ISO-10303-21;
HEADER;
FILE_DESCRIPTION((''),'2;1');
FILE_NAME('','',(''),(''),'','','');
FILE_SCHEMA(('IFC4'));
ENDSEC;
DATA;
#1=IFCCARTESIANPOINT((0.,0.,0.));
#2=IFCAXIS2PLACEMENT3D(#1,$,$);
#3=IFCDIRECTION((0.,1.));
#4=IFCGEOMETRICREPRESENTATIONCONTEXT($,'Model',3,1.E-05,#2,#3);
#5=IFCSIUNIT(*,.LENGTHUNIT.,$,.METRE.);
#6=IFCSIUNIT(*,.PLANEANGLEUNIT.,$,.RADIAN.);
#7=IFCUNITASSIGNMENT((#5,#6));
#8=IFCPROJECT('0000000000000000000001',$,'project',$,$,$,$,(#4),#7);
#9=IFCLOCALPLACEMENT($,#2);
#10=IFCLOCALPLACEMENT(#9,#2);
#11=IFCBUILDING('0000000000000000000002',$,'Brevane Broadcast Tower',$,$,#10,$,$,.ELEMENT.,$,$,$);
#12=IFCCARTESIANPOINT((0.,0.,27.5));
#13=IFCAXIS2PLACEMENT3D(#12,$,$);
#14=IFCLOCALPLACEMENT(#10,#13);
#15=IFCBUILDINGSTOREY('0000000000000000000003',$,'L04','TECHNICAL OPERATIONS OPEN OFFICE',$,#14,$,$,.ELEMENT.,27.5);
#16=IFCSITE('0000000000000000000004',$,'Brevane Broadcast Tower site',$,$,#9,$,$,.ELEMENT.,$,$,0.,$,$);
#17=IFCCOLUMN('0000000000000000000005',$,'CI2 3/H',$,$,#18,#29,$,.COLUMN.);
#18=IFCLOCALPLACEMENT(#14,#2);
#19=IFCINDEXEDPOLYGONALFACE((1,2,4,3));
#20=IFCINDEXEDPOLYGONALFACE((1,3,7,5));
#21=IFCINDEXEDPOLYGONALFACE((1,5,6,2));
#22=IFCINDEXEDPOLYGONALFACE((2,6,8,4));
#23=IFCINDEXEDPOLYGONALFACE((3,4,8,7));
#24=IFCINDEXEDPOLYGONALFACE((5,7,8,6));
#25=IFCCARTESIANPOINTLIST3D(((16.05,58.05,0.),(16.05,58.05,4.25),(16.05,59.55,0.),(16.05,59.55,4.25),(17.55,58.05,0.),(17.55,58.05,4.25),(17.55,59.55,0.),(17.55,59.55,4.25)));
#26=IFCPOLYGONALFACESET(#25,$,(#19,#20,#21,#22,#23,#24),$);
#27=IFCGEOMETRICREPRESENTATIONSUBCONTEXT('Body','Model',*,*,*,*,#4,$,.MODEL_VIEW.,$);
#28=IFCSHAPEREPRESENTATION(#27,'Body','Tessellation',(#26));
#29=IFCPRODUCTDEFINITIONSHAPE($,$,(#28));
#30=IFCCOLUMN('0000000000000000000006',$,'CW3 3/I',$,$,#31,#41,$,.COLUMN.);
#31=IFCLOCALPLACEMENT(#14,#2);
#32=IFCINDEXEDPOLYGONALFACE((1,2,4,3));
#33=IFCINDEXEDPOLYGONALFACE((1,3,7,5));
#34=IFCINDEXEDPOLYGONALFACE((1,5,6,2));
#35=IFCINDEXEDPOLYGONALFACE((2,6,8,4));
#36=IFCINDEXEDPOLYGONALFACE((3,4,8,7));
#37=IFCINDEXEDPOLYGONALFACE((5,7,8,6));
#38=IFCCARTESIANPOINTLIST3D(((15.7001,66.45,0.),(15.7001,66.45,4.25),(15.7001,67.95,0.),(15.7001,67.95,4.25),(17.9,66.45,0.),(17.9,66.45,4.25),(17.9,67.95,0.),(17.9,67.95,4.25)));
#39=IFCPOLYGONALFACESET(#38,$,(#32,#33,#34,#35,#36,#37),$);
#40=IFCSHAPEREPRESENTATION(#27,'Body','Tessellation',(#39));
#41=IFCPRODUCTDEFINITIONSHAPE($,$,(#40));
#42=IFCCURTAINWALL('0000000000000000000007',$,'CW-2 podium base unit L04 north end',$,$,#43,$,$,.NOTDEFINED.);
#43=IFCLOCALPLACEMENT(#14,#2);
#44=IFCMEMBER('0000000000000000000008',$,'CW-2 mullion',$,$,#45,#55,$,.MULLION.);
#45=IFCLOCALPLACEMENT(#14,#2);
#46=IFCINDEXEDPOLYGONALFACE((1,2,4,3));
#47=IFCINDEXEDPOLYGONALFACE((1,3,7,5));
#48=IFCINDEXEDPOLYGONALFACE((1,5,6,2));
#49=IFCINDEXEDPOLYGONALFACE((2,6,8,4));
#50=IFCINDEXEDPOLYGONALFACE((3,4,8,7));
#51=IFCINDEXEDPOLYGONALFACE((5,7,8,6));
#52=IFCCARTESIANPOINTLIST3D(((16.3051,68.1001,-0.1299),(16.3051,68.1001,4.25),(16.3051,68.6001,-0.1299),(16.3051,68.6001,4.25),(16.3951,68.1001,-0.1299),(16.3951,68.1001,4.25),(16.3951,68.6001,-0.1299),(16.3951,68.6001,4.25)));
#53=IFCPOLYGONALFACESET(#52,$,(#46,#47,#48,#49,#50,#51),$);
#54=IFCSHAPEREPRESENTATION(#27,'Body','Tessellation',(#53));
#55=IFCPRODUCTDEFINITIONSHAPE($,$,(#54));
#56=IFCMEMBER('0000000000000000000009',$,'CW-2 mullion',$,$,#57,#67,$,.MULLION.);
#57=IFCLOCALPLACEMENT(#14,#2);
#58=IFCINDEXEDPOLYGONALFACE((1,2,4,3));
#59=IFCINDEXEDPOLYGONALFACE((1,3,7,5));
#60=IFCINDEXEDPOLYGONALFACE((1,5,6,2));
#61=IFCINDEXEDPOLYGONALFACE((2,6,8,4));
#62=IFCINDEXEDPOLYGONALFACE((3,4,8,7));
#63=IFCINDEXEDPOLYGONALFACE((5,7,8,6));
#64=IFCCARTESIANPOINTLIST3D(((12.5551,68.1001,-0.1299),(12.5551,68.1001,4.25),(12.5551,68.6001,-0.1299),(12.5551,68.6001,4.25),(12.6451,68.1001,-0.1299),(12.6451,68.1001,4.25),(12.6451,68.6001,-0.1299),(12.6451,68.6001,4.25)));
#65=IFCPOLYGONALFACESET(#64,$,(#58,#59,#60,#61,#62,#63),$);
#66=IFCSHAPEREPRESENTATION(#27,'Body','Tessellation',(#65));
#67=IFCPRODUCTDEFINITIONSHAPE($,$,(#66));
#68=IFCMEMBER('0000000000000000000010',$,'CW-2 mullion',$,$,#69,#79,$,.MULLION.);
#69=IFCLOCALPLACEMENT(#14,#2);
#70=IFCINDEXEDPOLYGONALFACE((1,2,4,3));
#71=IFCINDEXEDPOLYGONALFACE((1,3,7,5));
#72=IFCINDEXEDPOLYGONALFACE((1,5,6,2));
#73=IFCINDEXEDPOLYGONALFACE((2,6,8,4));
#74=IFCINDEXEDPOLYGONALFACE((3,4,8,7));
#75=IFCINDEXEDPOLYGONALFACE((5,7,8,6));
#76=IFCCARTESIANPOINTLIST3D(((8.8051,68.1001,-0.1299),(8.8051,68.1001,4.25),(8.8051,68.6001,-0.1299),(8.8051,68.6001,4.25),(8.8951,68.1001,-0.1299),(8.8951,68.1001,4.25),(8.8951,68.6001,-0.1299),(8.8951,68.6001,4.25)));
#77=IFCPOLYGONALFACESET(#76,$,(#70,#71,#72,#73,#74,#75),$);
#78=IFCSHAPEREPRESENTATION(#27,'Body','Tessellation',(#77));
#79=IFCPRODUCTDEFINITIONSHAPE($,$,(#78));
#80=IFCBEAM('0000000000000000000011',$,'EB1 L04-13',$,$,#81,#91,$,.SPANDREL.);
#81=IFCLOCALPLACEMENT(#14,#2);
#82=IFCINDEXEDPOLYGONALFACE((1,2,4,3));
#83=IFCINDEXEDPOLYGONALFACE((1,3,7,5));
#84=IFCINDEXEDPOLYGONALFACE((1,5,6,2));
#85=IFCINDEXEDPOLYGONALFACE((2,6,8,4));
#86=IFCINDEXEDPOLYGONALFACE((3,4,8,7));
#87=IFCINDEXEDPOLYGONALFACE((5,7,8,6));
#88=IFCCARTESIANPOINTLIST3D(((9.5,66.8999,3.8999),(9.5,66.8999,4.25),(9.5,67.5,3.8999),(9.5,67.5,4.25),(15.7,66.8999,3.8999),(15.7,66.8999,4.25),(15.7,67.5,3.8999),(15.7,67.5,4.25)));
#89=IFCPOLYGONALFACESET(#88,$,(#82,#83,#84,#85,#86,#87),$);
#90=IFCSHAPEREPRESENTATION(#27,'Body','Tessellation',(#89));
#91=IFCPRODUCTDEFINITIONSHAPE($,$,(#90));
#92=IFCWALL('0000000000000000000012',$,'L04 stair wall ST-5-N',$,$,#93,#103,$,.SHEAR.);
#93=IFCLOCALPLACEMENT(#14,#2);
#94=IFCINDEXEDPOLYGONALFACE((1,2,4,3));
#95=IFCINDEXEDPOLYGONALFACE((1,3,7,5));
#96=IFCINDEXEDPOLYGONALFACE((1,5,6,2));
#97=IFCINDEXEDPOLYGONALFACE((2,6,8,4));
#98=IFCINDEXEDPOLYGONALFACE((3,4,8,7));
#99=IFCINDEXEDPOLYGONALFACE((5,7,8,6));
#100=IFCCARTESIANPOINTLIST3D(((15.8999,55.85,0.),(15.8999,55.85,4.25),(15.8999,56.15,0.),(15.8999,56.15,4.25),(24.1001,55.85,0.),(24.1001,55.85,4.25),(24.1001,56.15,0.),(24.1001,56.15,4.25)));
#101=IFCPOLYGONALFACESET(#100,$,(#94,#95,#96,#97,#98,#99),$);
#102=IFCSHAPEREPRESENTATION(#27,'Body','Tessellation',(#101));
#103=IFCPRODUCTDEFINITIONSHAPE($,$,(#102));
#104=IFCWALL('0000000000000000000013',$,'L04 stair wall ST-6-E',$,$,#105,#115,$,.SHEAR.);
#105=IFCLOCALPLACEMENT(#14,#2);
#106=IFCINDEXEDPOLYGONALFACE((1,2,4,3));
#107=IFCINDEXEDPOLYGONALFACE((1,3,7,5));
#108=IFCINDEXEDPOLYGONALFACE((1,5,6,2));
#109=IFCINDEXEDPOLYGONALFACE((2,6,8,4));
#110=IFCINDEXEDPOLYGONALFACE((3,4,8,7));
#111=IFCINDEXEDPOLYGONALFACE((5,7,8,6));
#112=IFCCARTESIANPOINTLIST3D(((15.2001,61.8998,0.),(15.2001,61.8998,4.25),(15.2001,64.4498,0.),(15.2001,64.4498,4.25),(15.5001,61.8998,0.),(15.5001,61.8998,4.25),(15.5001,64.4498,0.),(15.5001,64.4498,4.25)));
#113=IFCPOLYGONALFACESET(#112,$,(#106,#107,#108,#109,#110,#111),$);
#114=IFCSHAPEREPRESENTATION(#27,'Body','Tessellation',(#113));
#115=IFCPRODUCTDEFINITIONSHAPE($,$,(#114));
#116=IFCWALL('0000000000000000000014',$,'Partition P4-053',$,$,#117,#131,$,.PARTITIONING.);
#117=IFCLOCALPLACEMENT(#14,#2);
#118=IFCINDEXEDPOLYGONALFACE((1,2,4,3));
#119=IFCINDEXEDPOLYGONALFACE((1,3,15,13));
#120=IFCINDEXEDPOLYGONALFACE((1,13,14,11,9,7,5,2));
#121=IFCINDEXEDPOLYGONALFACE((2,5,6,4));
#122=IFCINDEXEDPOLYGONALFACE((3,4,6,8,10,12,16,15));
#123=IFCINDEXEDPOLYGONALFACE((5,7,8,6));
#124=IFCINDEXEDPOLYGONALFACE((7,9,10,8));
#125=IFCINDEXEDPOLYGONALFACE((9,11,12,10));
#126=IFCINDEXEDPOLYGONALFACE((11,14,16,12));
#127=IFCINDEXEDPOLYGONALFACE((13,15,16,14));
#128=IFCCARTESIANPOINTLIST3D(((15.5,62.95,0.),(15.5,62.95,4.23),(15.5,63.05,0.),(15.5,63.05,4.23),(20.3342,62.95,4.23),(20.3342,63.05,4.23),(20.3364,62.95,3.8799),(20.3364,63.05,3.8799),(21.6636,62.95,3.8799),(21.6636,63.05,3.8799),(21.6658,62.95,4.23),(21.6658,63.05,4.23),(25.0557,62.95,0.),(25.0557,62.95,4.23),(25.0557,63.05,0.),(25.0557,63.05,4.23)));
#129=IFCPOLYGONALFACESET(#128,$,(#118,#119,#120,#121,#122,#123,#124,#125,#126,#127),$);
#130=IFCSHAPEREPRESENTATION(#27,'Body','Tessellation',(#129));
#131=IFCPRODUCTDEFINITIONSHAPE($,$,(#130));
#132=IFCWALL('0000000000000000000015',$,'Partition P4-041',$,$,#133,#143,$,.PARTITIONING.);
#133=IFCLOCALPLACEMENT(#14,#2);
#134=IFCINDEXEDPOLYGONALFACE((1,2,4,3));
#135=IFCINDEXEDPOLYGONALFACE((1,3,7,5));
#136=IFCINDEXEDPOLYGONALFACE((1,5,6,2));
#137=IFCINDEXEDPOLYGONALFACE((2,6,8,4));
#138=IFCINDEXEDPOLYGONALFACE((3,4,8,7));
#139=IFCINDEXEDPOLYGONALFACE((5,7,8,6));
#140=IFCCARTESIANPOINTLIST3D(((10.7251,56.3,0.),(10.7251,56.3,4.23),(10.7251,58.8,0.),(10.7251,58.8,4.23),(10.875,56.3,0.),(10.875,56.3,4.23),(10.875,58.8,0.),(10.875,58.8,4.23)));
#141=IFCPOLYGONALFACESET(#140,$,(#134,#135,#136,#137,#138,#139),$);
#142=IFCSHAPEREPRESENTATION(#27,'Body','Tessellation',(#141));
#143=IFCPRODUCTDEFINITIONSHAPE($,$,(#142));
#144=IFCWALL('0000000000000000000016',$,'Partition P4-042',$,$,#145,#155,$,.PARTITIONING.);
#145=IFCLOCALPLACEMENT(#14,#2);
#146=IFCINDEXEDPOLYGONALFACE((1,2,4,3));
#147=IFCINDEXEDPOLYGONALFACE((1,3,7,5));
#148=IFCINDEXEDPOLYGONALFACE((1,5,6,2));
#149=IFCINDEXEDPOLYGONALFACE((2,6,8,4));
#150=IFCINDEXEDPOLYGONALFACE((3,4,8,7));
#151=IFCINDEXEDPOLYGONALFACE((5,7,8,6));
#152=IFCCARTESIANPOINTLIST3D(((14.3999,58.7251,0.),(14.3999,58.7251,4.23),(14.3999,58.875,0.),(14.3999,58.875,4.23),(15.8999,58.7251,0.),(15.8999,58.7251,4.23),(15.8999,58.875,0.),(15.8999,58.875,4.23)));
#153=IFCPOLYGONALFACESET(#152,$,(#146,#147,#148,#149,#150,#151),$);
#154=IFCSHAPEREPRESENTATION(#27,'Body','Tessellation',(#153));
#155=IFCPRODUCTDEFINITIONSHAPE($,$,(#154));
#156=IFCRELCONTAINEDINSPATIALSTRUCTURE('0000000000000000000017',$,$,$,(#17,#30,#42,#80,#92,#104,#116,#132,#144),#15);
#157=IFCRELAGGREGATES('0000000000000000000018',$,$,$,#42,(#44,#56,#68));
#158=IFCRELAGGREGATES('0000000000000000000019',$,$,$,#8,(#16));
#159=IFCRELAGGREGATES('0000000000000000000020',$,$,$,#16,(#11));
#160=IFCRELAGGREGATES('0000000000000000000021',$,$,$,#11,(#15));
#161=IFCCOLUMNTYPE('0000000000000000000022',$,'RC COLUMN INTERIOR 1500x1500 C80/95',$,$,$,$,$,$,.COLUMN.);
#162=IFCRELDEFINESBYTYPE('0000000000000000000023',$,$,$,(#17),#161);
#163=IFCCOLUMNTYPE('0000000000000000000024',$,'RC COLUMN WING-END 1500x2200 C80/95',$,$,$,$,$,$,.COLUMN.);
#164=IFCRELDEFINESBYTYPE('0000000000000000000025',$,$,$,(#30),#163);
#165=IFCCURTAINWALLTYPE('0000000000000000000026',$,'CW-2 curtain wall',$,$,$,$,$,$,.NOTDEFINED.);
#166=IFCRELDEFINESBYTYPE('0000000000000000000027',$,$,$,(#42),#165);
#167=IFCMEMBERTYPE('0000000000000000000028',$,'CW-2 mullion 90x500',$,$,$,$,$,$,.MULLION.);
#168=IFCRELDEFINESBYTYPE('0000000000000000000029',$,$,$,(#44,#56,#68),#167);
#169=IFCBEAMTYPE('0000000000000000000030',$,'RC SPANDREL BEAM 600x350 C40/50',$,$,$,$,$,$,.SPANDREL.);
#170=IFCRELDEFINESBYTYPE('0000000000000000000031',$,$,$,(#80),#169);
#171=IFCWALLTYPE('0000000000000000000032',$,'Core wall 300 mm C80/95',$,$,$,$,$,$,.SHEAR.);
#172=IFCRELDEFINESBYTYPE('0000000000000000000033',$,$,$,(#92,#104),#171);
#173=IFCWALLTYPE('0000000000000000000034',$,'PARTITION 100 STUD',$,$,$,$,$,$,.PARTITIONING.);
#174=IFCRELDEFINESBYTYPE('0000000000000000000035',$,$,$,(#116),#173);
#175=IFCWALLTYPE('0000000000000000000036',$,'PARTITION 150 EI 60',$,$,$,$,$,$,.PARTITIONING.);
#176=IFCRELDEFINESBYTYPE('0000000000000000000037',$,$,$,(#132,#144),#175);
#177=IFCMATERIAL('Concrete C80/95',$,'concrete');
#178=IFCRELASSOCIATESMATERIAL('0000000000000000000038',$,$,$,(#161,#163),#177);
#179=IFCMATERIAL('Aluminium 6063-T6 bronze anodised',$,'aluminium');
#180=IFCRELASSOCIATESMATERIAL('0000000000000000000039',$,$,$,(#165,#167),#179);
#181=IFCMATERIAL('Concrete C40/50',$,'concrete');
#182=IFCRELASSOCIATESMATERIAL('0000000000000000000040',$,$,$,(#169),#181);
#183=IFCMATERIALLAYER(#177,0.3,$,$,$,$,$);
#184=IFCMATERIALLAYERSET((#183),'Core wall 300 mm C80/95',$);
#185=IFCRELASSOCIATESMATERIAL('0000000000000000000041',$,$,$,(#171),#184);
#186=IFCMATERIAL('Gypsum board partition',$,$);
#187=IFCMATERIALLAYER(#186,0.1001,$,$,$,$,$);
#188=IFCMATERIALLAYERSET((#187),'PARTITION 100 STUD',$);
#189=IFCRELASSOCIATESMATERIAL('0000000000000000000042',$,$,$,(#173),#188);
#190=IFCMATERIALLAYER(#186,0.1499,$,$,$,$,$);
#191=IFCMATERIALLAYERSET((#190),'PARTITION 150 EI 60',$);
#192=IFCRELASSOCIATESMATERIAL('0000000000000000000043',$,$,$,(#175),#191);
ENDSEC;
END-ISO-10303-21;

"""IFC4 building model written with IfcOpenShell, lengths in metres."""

from ifc_helpers import new_model, si_unit, direction, frame, frame_2d, origin, origin_2d, place, context, subcontext, project, spatial, polyline, rectangle, outline, extrude, material, layer, layer_set, material_profile, profile_set, type_object, element, aggregate, save


model = new_model("IFC4")

# Units and contexts
model_context = context("Model", 3, precision=1e-05, world=origin(), true_north=direction((0.0, 1.0)))
body_context = subcontext(model_context, "Body", "Model", "MODEL_VIEW")
ifc_project = project(units=[si_unit("LENGTHUNIT", "METRE"), si_unit("PLANEANGLEUNIT", "RADIAN")], contexts=[model_context])

# Site, building, storey
site_placement = place(None, origin())
site = spatial("IfcSite", under=ifc_project, at=site_placement, Name="Brevane Broadcast Tower site", CompositionType="ELEMENT", RefElevation=0.0)
building_placement = place(site_placement, origin())
building = spatial("IfcBuilding", under=site, at=building_placement, Name="Brevane Broadcast Tower", CompositionType="ELEMENT")
storey_placement = place(building_placement, frame((0.0, 0.0, 27.5)))
storey = spatial("IfcBuildingStorey", under=building, at=storey_placement, Name="L04", Description="TECHNICAL OPERATIONS OPEN OFFICE", CompositionType="ELEMENT", Elevation=27.5)

# Columns
ifc_material_1 = material(Name="Concrete C80/95", Category="concrete")
ifc_material_profile_1 = material_profile(ifc_material_1, rectangle(XDim=1.5, YDim=1.5, at=origin_2d()), Name="RC 1500x1500")
ifc_profile_set_1 = profile_set([ifc_material_profile_1], Name="Concrete C80/95")
column_type_1 = type_object("IfcColumnType", Name="RC COLUMN INTERIOR 1500x1500 C80/95", PredefinedType="COLUMN", material=ifc_profile_set_1)
column_1_placement = place(storey_placement, frame((16.8, 58.8, 0.0), z_axis=(0.0, 0.0, 1.0), x_axis=(1.0, 0.0, 0.0)))
element("IfcColumn", 1, at=column_1_placement, inside=storey, type_object=column_type_1, Name="CI2 3/H", PredefinedType="COLUMN", context=body_context, shape_type="SweptSolid", body=[
    extrude(rectangle(XDim=1.5, YDim=1.5, at=origin_2d()), origin(), (0.0, 0.0, 1.0), 4.25),
])
ifc_material_profile_2 = material_profile(ifc_material_1, rectangle(XDim=1.5, YDim=2.2, at=origin_2d()), Name="RC 1500x2200")
ifc_profile_set_2 = profile_set([ifc_material_profile_2], Name="Concrete C80/95")
column_type_2 = type_object("IfcColumnType", Name="RC COLUMN WING-END 1500x2200 C80/95", PredefinedType="COLUMN", material=ifc_profile_set_2)
column_2_placement = place(storey_placement, frame((16.8, 67.2, 0.0), z_axis=(0.0, 0.0, 1.0), x_axis=(0.0, 1.0, 0.0)))
element("IfcColumn", 2, at=column_2_placement, inside=storey, type_object=column_type_2, Name="CW3 3/I", PredefinedType="COLUMN", context=body_context, shape_type="SweptSolid", body=[
    extrude(rectangle(XDim=1.5, YDim=2.2, at=origin_2d()), origin(), (0.0, 0.0, 1.0), 4.25),
])

# Curtain wall, members
ifc_material_2 = material(Name="Aluminium 6063-T6 bronze anodised", Category="aluminium")
curtain_wall_type = type_object("IfcCurtainWallType", Name="CW-2 curtain wall", PredefinedType="NOTDEFINED", material=ifc_material_2)
curtain_wall_placement = place(storey_placement, origin())
curtain_wall = element("IfcCurtainWall", 3, at=curtain_wall_placement, inside=storey, type_object=curtain_wall_type, Name="CW-2 podium base unit L04 north end", PredefinedType="NOTDEFINED")
ifc_material_profile_3 = material_profile(ifc_material_2, rectangle(XDim=0.5, YDim=0.0901, at=origin_2d()), Name="RECT 90x500")
ifc_profile_set_3 = profile_set([ifc_material_profile_3], Name="Aluminium 6063-T6 bronze anodised")
member_type = type_object("IfcMemberType", Name="CW-2 mullion 90x500", PredefinedType="MULLION", material=ifc_profile_set_3)
member_1_placement = place(storey_placement, frame((16.3501, 68.3501, -0.1299), z_axis=(0.0, 0.0, 1.0), x_axis=(0.0, -1.0, 0.0)))
member_1 = element("IfcMember", 4, at=member_1_placement, type_object=member_type, Name="CW-2 mullion", PredefinedType="MULLION", context=body_context, shape_type="SweptSolid", body=[
    extrude(rectangle(XDim=0.5, YDim=0.0901, at=origin_2d()), origin(), (0.0, 0.0, 1.0), 4.3799),
])
member_2_placement = place(storey_placement, frame((12.6001, 68.3501, -0.1299), z_axis=(0.0, 0.0, 1.0), x_axis=(0.0, -1.0, 0.0)))
member_2 = element("IfcMember", 5, at=member_2_placement, type_object=member_type, Name="CW-2 mullion", PredefinedType="MULLION", context=body_context, shape_type="SweptSolid", body=[
    extrude(rectangle(XDim=0.5, YDim=0.0901, at=origin_2d()), origin(), (0.0, 0.0, 1.0), 4.3799),
])
member_3_placement = place(storey_placement, frame((8.8501, 68.3501, -0.1299), z_axis=(0.0, 0.0, 1.0), x_axis=(0.0, -1.0, 0.0)))
member_3 = element("IfcMember", 6, at=member_3_placement, type_object=member_type, Name="CW-2 mullion", PredefinedType="MULLION", context=body_context, shape_type="SweptSolid", body=[
    extrude(rectangle(XDim=0.5, YDim=0.0901, at=origin_2d()), origin(), (0.0, 0.0, 1.0), 4.3799),
])
aggregate(curtain_wall, [member_1, member_2, member_3])

# Beam
ifc_material_3 = material(Name="Concrete C40/50", Category="concrete")
ifc_material_profile_4 = material_profile(ifc_material_3, rectangle(XDim=0.6001, YDim=0.3501, at=origin_2d()), Name="RC 600x350")
ifc_profile_set_4 = profile_set([ifc_material_profile_4], Name="Concrete C40/50")
beam_type = type_object("IfcBeamType", Name="RC SPANDREL BEAM 600x350 C40/50", PredefinedType="SPANDREL", material=ifc_profile_set_4)
beam_placement = place(storey_placement, frame((15.7, 67.2, 4.075), z_axis=(-1.0, 0.0, 0.0), x_axis=(0.0, -1.0, 0.0)))
element("IfcBeam", 7, at=beam_placement, inside=storey, type_object=beam_type, Name="EB1 L04-13", PredefinedType="SPANDREL", context=body_context, shape_type="SweptSolid", body=[
    extrude(rectangle(XDim=0.6001, YDim=0.3501, at=origin_2d()), origin(), (0.0, 0.0, 1.0), 6.2),
])

# Walls
ifc_layer_1 = layer(ifc_material_1, 0.3)
ifc_layer_set_1 = layer_set([ifc_layer_1], Name="Core wall 300 mm C80/95")
wall_type_1 = type_object("IfcWallType", Name="Core wall 300 mm C80/95", PredefinedType="SHEAR", material=ifc_layer_set_1)
wall_1_placement = place(storey_placement, frame((15.8999, 56.0, 0.0), z_axis=(0.0, 0.0, 1.0), x_axis=(1.0, 0.0, 0.0)))
element("IfcWall", 8, at=wall_1_placement, inside=storey, type_object=wall_type_1, Name="L04 stair wall ST-5-N", PredefinedType="SHEAR", context=body_context, shape_type="SweptSolid", body=[
    extrude(rectangle(XDim=8.2002, YDim=0.3, at=frame_2d((4.1001, 0.0))), origin(), (0.0, 0.0, 1.0), 4.25),
])
wall_2_placement = place(storey_placement, frame((15.3501, 61.8999, 0.0), z_axis=(0.0, 0.0, 1.0), x_axis=(0.0, 1.0, 0.0)))
element("IfcWall", 9, at=wall_2_placement, inside=storey, type_object=wall_type_1, Name="L04 stair wall ST-6-E", PredefinedType="SHEAR", context=body_context, shape_type="SweptSolid", body=[
    extrude(rectangle(XDim=2.55, YDim=0.3, at=frame_2d((1.2749, 0.0))), origin(), (0.0, 0.0, 1.0), 4.25),
])
ifc_material_4 = material(Name="Gypsum board partition")
ifc_layer_2 = layer(ifc_material_4, 0.1001)
ifc_layer_set_2 = layer_set([ifc_layer_2], Name="PARTITION 100 STUD")
wall_type_2 = type_object("IfcWallType", Name="PARTITION 100 STUD", PredefinedType="PARTITIONING", material=ifc_layer_set_2)
wall_3_placement = place(storey_placement, frame((15.5, 63.0, 0.0), z_axis=(0.0, 0.0, 1.0), x_axis=(1.0, 0.0, 0.0)))
element("IfcWall", 10, at=wall_3_placement, inside=storey, type_object=wall_type_2, Name="Partition P4-053", PredefinedType="PARTITIONING", context=body_context, shape_type="SweptSolid", body=[
    extrude(outline(polyline([(0.0, 0.0), (9.5557, 0.0), (9.5557, 4.23), (6.1658, 4.23), (6.1636, 3.8799), (4.8364, 3.8799), (4.8342, 4.23), (0.0, 4.23), (0.0, 0.0)])), frame((0.0, 0.05, 0.0), z_axis=(0.0, -1.0, 0.0), x_axis=(1.0, 0.0, 0.0)), (0.0, 0.0, 1.0), 0.1001),
])
ifc_layer_3 = layer(ifc_material_4, 0.1499)
ifc_layer_set_3 = layer_set([ifc_layer_3], Name="PARTITION 150 EI 60")
wall_type_3 = type_object("IfcWallType", Name="PARTITION 150 EI 60", PredefinedType="PARTITIONING", material=ifc_layer_set_3)
wall_4_placement = place(storey_placement, frame((10.8, 56.3, 0.0), z_axis=(0.0, 0.0, 1.0), x_axis=(0.0, 1.0, 0.0)))
element("IfcWall", 11, at=wall_4_placement, inside=storey, type_object=wall_type_3, Name="Partition P4-041", PredefinedType="PARTITIONING", context=body_context, shape_type="SweptSolid", body=[
    extrude(rectangle(XDim=2.5, YDim=0.1499, at=frame_2d((1.25, 0.0))), origin(), (0.0, 0.0, 1.0), 4.23),
])
wall_5_placement = place(storey_placement, frame((14.3999, 58.8, 0.0), z_axis=(0.0, 0.0, 1.0), x_axis=(1.0, 0.0, 0.0)))
element("IfcWall", 12, at=wall_5_placement, inside=storey, type_object=wall_type_3, Name="Partition P4-042", PredefinedType="PARTITIONING", context=body_context, shape_type="SweptSolid", body=[
    extrude(rectangle(XDim=1.5, YDim=0.1499, at=frame_2d((0.75, 0.0))), origin(), (0.0, 0.0, 1.0), 4.23),
])

save(model, "model.ifc")
